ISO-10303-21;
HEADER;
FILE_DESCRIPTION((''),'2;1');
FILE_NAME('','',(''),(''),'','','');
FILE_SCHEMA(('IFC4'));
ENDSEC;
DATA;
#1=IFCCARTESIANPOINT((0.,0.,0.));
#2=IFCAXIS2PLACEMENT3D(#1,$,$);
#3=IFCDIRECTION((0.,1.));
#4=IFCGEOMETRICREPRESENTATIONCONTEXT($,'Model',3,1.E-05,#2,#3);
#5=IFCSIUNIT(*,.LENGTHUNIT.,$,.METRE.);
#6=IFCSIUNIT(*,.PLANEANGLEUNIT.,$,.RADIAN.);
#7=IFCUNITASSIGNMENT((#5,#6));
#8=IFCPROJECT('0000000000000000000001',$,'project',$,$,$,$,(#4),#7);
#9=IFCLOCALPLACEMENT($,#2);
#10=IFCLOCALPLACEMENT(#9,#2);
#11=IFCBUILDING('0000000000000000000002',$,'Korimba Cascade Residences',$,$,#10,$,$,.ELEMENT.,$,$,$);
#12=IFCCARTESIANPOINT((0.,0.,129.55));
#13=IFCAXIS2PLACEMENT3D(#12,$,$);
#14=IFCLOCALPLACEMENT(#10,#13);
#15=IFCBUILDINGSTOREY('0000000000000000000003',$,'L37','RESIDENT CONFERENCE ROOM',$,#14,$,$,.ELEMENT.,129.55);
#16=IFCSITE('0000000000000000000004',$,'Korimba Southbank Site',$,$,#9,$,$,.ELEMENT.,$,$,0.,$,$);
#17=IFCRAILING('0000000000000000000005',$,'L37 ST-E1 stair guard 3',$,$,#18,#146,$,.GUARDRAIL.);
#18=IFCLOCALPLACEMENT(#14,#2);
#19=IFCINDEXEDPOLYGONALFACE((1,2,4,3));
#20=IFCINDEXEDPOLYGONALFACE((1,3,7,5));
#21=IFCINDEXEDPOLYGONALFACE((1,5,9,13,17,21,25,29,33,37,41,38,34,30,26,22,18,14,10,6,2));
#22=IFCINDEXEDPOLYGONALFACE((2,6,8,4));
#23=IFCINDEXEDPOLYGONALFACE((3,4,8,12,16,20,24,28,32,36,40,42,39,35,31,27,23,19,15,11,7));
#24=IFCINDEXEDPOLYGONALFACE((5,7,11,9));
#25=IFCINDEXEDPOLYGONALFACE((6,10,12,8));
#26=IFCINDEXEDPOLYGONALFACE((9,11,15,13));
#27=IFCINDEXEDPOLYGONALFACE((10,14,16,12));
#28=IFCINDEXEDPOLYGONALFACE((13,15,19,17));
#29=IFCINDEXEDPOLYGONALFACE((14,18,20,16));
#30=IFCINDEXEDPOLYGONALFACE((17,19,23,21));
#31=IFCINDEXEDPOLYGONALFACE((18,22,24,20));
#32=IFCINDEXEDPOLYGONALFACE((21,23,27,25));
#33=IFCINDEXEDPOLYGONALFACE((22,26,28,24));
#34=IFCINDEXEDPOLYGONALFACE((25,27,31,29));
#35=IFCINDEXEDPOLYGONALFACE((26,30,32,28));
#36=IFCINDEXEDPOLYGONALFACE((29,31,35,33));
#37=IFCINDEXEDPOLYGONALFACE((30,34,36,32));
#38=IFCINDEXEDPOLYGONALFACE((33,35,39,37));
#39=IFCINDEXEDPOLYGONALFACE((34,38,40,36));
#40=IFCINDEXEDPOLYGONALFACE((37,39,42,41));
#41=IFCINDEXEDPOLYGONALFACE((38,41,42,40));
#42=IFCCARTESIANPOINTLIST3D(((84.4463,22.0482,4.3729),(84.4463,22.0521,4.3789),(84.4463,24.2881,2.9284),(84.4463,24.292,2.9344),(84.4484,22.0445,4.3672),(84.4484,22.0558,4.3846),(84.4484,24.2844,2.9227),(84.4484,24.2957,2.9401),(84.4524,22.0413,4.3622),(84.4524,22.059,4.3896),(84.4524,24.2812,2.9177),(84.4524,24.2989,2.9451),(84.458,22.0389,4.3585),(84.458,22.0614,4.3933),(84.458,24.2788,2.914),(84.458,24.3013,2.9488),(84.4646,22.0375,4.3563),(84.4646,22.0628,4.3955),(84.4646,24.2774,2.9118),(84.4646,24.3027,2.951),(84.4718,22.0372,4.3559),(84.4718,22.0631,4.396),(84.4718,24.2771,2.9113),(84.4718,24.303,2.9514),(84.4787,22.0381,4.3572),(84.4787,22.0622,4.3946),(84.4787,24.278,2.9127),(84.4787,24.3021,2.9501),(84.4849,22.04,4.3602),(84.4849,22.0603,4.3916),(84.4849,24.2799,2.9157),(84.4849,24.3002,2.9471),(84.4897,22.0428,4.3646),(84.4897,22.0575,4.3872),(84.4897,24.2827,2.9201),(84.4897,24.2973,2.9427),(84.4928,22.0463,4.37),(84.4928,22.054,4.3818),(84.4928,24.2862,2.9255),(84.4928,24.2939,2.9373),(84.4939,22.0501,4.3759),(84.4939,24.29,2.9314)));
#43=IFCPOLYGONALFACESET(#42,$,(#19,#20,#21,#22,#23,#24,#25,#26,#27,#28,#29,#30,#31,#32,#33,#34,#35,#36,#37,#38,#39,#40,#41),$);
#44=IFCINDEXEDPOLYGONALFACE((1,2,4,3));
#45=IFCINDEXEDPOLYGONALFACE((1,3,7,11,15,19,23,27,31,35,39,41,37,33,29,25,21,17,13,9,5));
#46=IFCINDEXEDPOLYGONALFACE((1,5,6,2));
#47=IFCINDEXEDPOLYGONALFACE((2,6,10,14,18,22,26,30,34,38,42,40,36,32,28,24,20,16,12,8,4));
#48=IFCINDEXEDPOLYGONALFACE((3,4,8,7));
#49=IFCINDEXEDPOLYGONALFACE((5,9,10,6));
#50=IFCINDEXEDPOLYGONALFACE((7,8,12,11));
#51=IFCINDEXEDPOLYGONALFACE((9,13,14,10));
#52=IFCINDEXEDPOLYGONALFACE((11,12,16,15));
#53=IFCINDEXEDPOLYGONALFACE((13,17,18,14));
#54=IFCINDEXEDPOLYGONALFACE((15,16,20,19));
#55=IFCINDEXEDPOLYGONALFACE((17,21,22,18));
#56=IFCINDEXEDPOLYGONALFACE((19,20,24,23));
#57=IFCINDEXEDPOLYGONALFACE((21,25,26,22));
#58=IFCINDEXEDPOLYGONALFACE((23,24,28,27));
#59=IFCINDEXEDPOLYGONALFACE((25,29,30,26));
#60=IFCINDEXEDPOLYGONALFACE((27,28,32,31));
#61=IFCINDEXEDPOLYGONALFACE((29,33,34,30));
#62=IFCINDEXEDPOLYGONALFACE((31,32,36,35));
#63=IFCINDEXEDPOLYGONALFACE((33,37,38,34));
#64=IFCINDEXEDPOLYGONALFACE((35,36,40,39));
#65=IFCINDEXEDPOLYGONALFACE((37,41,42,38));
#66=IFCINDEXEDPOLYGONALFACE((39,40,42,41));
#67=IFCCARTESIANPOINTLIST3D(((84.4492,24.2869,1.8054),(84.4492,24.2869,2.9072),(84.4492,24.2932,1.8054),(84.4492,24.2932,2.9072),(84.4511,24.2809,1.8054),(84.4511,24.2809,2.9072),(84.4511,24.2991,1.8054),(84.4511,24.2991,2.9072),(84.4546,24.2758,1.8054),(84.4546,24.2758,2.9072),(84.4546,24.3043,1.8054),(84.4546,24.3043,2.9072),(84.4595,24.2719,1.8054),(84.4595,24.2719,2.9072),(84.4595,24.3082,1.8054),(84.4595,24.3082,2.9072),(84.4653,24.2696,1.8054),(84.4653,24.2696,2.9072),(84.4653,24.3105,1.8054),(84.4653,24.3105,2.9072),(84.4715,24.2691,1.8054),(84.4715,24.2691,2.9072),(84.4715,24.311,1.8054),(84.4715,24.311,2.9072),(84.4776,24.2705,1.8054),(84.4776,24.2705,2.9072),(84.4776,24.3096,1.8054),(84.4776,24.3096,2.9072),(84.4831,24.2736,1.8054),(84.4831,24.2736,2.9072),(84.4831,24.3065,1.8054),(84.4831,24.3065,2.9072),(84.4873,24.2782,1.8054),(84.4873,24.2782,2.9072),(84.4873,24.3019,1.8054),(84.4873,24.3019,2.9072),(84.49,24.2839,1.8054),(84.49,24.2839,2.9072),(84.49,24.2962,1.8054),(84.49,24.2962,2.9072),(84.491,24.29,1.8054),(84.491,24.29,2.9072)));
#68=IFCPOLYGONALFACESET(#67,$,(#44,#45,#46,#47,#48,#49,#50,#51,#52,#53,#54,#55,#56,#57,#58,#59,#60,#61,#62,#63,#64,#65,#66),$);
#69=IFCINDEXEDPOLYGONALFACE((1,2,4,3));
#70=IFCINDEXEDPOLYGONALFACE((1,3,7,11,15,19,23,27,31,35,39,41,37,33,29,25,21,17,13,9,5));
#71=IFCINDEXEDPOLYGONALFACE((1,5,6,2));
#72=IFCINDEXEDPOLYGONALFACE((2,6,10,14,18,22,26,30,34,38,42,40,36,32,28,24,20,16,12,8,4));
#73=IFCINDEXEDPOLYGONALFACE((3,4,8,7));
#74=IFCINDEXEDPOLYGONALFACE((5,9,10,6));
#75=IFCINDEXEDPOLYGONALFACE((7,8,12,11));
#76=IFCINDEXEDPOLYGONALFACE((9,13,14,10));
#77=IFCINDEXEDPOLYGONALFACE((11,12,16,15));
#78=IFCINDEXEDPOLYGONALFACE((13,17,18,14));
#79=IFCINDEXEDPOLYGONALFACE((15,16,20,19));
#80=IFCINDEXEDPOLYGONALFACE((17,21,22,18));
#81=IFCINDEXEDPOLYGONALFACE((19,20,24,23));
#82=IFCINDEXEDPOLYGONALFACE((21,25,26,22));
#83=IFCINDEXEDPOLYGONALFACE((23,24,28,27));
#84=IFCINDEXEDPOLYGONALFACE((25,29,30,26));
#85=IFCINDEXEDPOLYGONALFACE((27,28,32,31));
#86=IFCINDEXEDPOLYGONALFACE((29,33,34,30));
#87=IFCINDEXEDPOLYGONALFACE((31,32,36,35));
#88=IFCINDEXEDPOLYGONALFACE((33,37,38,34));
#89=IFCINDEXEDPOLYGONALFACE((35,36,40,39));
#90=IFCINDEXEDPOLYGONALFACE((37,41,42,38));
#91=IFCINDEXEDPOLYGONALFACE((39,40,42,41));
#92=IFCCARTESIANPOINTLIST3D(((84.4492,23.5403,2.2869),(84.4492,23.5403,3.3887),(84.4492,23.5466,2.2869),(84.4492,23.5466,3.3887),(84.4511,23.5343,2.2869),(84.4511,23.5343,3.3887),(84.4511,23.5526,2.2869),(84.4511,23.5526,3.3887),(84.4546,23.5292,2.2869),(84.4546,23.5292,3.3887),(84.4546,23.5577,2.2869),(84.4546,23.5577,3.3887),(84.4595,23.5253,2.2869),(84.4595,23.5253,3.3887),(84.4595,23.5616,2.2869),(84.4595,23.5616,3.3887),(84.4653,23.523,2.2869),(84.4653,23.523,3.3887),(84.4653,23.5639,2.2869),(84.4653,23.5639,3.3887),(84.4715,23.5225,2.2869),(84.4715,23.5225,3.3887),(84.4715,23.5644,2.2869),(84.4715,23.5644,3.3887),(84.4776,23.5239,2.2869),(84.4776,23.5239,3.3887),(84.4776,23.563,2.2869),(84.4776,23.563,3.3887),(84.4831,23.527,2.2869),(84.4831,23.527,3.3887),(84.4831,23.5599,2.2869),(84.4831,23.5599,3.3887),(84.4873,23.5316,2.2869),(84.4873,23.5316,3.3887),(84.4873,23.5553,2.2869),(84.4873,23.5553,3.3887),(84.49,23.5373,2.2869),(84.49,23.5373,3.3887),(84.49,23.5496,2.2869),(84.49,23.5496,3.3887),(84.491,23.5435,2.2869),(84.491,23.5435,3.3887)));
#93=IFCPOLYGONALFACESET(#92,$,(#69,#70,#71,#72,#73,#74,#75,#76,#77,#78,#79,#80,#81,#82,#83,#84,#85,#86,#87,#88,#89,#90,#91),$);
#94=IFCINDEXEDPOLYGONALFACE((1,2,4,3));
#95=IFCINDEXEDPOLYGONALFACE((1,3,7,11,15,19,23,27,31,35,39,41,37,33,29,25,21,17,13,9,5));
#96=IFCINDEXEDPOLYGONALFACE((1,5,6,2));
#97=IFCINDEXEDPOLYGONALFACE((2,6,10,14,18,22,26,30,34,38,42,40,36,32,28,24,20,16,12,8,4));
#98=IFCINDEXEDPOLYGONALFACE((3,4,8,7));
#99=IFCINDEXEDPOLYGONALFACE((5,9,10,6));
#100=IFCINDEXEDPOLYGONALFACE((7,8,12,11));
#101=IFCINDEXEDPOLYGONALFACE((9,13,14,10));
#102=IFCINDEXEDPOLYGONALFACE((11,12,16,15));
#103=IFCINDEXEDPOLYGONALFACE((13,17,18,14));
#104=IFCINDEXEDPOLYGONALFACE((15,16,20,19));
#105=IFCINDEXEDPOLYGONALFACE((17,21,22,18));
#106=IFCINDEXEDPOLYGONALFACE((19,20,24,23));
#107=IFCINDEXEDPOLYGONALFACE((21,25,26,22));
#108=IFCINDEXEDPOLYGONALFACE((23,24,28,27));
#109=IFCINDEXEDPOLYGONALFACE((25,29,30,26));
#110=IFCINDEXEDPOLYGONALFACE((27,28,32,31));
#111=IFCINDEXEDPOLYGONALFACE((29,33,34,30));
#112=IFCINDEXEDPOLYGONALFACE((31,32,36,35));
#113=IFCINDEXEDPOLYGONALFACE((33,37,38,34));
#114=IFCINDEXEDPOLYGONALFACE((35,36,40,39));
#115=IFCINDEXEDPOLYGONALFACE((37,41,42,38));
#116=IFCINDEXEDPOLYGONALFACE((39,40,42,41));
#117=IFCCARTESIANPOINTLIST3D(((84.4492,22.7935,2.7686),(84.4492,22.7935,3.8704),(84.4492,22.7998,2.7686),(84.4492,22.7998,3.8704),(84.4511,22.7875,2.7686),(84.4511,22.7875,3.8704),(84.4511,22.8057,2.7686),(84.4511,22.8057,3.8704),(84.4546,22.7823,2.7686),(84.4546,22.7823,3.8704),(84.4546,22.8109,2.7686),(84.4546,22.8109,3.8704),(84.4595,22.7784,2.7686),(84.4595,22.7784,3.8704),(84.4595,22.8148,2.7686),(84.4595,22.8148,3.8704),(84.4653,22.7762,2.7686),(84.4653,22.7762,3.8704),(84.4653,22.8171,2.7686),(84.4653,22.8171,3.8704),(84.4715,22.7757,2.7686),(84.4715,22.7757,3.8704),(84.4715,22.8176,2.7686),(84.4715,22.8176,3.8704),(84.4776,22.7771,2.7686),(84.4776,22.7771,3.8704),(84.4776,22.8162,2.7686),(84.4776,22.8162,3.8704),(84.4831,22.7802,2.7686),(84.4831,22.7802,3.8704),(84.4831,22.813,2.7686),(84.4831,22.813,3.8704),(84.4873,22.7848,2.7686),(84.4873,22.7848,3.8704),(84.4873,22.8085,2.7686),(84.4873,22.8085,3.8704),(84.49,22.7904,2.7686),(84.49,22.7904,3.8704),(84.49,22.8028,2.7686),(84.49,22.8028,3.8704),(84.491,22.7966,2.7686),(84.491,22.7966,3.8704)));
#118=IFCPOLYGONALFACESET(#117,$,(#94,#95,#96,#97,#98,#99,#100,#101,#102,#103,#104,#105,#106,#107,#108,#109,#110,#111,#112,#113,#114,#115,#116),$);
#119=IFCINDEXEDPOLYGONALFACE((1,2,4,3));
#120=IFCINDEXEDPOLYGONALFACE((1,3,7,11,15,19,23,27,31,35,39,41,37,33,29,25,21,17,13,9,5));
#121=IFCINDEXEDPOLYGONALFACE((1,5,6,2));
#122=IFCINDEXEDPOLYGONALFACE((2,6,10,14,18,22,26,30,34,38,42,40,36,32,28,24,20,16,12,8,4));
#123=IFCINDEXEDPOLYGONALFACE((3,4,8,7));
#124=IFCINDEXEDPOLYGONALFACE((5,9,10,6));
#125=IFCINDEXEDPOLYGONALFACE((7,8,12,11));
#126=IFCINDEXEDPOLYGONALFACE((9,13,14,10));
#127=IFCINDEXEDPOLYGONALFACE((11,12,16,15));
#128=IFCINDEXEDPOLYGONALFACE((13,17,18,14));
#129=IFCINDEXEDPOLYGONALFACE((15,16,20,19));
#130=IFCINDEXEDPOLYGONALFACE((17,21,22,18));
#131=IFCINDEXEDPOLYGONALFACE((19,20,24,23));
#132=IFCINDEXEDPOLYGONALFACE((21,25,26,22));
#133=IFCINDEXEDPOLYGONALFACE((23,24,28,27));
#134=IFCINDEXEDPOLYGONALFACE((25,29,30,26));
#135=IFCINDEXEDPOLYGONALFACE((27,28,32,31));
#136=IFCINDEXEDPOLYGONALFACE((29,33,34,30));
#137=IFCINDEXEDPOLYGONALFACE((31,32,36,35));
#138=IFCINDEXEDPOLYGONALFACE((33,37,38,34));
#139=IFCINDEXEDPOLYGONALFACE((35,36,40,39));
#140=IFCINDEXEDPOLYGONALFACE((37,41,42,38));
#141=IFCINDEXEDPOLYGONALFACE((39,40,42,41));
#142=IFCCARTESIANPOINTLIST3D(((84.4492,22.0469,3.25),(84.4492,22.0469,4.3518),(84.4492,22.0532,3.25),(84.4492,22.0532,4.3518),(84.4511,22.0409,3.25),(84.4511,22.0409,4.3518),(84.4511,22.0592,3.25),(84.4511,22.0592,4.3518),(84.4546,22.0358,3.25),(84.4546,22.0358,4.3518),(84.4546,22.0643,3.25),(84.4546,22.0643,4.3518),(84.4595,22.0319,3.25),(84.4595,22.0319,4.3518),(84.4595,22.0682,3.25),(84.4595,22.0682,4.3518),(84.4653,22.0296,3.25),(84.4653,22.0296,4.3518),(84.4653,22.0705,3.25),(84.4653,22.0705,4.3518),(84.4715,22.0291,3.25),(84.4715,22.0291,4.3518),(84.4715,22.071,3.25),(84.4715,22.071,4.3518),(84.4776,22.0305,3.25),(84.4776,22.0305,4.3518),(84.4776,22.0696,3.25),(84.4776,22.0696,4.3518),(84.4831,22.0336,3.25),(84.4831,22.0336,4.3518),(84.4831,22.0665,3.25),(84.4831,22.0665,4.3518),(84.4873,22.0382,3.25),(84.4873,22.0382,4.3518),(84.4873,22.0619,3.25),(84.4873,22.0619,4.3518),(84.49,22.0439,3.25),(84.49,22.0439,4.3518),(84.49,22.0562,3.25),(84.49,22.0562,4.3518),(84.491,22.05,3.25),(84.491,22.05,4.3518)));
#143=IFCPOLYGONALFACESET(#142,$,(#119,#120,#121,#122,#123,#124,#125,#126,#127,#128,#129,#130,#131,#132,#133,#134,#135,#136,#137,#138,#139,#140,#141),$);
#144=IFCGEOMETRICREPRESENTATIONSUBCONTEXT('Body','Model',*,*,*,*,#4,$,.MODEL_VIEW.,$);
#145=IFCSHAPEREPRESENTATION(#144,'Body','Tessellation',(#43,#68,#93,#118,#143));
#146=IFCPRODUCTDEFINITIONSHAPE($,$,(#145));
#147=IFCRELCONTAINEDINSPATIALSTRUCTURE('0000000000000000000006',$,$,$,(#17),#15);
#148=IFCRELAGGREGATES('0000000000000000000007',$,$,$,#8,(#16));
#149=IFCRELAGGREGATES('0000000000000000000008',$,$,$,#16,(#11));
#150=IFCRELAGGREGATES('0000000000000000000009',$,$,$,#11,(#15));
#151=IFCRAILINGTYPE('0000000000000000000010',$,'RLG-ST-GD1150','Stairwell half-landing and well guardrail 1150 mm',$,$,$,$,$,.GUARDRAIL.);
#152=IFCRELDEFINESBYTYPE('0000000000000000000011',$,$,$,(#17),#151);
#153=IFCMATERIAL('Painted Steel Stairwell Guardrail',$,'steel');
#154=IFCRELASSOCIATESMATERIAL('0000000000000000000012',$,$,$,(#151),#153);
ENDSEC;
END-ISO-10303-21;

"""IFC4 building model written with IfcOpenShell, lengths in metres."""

from ifc_helpers import new_model, si_unit, direction, frame, origin, origin_2d, place, context, subcontext, project, spatial, circle, extrude, material, type_object, element, save


model = new_model("IFC4")

# Units and contexts
model_context = context("Model", 3, precision=1e-05, world=origin(), true_north=direction((0.0, 1.0)))
body_context = subcontext(model_context, "Body", "Model", "MODEL_VIEW")
ifc_project = project(units=[si_unit("LENGTHUNIT", "METRE"), si_unit("PLANEANGLEUNIT", "RADIAN")], contexts=[model_context])

# Site, building, storey
site_placement = place(None, origin())
site = spatial("IfcSite", under=ifc_project, at=site_placement, Name="Korimba Southbank Site", CompositionType="ELEMENT", RefElevation=0.0)
building_placement = place(site_placement, origin())
building = spatial("IfcBuilding", under=site, at=building_placement, Name="Korimba Cascade Residences", CompositionType="ELEMENT")
storey_placement = place(building_placement, frame((0.0, 0.0, 129.55)))
storey = spatial("IfcBuildingStorey", under=building, at=storey_placement, Name="L37", Description="RESIDENT CONFERENCE ROOM", CompositionType="ELEMENT", Elevation=129.55)

# Railing
ifc_material_1 = material(Name="Painted Steel Stairwell Guardrail", Category="steel")
railing_type_1 = type_object("IfcRailingType", Name="RLG-ST-GD1150", Description="Stairwell half-landing and well guardrail 1150 mm", PredefinedType="GUARDRAIL", material=ifc_material_1)
railing_1_placement = place(storey_placement, frame((84.47, 24.29, 1.8054)))
element("IfcRailing", 1, at=railing_1_placement, inside=storey, type_object=railing_type_1, Name="L37 ST-E1 stair guard 3", PredefinedType="GUARDRAIL", context=body_context, shape_type="SweptSolid", body=[
    extrude(circle(Radius=0.0239, at=origin_2d()), frame((0.0, 0.0, 1.126), z_axis=(0.0, -0.840395, 0.541975), x_axis=(1.0, 0.0, 0.0)), (0.0, 0.0, 1.0), 2.6653),
    extrude(circle(Radius=0.021, at=origin_2d()), origin(), (0.0, 0.0, 1.0), 1.1018),
    extrude(circle(Radius=0.021, at=origin_2d()), frame((0.0, -0.7466, 0.4814)), (0.0, 0.0, 1.0), 1.1018),
    extrude(circle(Radius=0.021, at=origin_2d()), frame((0.0, -1.4934, 0.9631)), (0.0, 0.0, 1.0), 1.1018),
    extrude(circle(Radius=0.021, at=origin_2d()), frame((0.0, -2.24, 1.4446)), (0.0, 0.0, 1.0), 1.1018),
])

save(model, "model.ifc")
